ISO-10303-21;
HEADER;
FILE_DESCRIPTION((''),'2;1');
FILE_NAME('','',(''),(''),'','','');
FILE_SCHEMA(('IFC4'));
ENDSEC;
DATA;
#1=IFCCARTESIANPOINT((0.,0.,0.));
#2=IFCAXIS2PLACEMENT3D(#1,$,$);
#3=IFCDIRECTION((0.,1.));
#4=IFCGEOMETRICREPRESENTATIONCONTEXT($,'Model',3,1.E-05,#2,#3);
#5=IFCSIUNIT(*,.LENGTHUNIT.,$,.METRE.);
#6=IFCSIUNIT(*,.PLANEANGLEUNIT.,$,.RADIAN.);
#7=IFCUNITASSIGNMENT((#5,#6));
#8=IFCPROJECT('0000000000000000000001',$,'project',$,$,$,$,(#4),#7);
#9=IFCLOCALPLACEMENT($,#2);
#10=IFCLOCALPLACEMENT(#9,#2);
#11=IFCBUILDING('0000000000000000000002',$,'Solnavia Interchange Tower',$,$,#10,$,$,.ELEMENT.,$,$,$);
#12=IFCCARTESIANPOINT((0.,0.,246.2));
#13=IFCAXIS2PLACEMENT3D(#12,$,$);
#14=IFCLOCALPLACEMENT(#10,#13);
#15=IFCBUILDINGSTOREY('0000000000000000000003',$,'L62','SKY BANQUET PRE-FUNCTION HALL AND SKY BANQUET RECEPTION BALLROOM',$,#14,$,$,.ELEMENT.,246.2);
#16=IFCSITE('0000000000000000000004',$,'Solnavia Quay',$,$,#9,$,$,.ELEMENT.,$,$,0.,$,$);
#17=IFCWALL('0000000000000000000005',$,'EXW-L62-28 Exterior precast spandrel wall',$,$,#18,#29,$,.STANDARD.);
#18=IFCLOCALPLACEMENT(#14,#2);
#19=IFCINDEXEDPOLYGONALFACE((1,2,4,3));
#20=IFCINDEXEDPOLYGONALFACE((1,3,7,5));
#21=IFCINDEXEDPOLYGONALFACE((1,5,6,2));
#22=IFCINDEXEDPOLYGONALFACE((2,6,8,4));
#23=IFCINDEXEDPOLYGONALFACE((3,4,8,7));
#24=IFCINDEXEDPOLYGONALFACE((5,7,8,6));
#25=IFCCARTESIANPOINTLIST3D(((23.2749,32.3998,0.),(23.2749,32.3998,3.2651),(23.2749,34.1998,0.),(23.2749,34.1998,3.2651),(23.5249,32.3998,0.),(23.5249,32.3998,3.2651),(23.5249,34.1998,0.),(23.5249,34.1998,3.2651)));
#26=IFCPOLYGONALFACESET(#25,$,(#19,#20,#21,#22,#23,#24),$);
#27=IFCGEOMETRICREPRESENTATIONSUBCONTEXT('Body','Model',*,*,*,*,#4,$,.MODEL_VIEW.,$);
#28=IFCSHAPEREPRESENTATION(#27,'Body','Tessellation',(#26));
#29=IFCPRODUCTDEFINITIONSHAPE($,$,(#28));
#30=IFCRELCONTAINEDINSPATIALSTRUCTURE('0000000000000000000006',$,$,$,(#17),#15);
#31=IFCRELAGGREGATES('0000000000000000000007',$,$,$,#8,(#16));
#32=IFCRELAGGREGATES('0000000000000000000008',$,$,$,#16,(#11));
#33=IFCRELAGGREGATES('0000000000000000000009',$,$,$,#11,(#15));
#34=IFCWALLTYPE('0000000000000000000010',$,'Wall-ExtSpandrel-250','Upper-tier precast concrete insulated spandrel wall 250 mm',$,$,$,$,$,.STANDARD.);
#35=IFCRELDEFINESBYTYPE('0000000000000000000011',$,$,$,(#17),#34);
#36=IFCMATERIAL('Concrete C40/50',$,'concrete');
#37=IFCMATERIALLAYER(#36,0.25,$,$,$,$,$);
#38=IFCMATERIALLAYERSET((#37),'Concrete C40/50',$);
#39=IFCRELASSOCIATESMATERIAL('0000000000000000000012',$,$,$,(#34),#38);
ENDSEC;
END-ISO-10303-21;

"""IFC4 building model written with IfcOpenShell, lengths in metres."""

from ifc_helpers import new_model, si_unit, direction, frame, frame_2d, origin, place, context, subcontext, project, spatial, rectangle, extrude, material, layer, layer_set, type_object, element, save


model = new_model("IFC4")

# Units and contexts
model_context = context("Model", 3, precision=1e-05, world=origin(), true_north=direction((0.0, 1.0)))
body_context = subcontext(model_context, "Body", "Model", "MODEL_VIEW")
ifc_project = project(units=[si_unit("LENGTHUNIT", "METRE"), si_unit("PLANEANGLEUNIT", "RADIAN")], contexts=[model_context])

# Site, building, storey
site_placement = place(None, origin())
site = spatial("IfcSite", under=ifc_project, at=site_placement, Name="Solnavia Quay", CompositionType="ELEMENT", RefElevation=0.0)
building_placement = place(site_placement, origin())
building = spatial("IfcBuilding", under=site, at=building_placement, Name="Solnavia Interchange Tower", CompositionType="ELEMENT")
storey_placement = place(building_placement, frame((0.0, 0.0, 246.2)))
storey = spatial("IfcBuildingStorey", under=building, at=storey_placement, Name="L62", Description="SKY BANQUET PRE-FUNCTION HALL AND SKY BANQUET RECEPTION BALLROOM", CompositionType="ELEMENT", Elevation=246.2)

# Shared definitions
ifc_material_1 = material(Name="Concrete C40/50", Category="concrete")
ifc_layer = layer(ifc_material_1, 0.25)
ifc_layer_set = layer_set([ifc_layer], Name="Concrete C40/50")
wall_type = type_object("IfcWallType", Name="Wall-ExtSpandrel-250", Description="Upper-tier precast concrete insulated spandrel wall 250 mm", PredefinedType="STANDARD", material=ifc_layer_set)

# Wall
wall_1_placement = place(storey_placement, frame((23.3999, 32.3999, 0.0), z_axis=(0.0, 0.0, 1.0), x_axis=(0.0, 1.0, 0.0)))
element("IfcWall", 1, at=wall_1_placement, inside=storey, type_object=wall_type, Name="EXW-L62-28 Exterior precast spandrel wall", PredefinedType="STANDARD", context=body_context, shape_type="SweptSolid", body=[
    extrude(rectangle(XDim=1.8, YDim=0.25, at=frame_2d((0.8999, 0.0))), origin(), (0.0, 0.0, 1.0), 3.2651),
])

save(model, "model.ifc")
